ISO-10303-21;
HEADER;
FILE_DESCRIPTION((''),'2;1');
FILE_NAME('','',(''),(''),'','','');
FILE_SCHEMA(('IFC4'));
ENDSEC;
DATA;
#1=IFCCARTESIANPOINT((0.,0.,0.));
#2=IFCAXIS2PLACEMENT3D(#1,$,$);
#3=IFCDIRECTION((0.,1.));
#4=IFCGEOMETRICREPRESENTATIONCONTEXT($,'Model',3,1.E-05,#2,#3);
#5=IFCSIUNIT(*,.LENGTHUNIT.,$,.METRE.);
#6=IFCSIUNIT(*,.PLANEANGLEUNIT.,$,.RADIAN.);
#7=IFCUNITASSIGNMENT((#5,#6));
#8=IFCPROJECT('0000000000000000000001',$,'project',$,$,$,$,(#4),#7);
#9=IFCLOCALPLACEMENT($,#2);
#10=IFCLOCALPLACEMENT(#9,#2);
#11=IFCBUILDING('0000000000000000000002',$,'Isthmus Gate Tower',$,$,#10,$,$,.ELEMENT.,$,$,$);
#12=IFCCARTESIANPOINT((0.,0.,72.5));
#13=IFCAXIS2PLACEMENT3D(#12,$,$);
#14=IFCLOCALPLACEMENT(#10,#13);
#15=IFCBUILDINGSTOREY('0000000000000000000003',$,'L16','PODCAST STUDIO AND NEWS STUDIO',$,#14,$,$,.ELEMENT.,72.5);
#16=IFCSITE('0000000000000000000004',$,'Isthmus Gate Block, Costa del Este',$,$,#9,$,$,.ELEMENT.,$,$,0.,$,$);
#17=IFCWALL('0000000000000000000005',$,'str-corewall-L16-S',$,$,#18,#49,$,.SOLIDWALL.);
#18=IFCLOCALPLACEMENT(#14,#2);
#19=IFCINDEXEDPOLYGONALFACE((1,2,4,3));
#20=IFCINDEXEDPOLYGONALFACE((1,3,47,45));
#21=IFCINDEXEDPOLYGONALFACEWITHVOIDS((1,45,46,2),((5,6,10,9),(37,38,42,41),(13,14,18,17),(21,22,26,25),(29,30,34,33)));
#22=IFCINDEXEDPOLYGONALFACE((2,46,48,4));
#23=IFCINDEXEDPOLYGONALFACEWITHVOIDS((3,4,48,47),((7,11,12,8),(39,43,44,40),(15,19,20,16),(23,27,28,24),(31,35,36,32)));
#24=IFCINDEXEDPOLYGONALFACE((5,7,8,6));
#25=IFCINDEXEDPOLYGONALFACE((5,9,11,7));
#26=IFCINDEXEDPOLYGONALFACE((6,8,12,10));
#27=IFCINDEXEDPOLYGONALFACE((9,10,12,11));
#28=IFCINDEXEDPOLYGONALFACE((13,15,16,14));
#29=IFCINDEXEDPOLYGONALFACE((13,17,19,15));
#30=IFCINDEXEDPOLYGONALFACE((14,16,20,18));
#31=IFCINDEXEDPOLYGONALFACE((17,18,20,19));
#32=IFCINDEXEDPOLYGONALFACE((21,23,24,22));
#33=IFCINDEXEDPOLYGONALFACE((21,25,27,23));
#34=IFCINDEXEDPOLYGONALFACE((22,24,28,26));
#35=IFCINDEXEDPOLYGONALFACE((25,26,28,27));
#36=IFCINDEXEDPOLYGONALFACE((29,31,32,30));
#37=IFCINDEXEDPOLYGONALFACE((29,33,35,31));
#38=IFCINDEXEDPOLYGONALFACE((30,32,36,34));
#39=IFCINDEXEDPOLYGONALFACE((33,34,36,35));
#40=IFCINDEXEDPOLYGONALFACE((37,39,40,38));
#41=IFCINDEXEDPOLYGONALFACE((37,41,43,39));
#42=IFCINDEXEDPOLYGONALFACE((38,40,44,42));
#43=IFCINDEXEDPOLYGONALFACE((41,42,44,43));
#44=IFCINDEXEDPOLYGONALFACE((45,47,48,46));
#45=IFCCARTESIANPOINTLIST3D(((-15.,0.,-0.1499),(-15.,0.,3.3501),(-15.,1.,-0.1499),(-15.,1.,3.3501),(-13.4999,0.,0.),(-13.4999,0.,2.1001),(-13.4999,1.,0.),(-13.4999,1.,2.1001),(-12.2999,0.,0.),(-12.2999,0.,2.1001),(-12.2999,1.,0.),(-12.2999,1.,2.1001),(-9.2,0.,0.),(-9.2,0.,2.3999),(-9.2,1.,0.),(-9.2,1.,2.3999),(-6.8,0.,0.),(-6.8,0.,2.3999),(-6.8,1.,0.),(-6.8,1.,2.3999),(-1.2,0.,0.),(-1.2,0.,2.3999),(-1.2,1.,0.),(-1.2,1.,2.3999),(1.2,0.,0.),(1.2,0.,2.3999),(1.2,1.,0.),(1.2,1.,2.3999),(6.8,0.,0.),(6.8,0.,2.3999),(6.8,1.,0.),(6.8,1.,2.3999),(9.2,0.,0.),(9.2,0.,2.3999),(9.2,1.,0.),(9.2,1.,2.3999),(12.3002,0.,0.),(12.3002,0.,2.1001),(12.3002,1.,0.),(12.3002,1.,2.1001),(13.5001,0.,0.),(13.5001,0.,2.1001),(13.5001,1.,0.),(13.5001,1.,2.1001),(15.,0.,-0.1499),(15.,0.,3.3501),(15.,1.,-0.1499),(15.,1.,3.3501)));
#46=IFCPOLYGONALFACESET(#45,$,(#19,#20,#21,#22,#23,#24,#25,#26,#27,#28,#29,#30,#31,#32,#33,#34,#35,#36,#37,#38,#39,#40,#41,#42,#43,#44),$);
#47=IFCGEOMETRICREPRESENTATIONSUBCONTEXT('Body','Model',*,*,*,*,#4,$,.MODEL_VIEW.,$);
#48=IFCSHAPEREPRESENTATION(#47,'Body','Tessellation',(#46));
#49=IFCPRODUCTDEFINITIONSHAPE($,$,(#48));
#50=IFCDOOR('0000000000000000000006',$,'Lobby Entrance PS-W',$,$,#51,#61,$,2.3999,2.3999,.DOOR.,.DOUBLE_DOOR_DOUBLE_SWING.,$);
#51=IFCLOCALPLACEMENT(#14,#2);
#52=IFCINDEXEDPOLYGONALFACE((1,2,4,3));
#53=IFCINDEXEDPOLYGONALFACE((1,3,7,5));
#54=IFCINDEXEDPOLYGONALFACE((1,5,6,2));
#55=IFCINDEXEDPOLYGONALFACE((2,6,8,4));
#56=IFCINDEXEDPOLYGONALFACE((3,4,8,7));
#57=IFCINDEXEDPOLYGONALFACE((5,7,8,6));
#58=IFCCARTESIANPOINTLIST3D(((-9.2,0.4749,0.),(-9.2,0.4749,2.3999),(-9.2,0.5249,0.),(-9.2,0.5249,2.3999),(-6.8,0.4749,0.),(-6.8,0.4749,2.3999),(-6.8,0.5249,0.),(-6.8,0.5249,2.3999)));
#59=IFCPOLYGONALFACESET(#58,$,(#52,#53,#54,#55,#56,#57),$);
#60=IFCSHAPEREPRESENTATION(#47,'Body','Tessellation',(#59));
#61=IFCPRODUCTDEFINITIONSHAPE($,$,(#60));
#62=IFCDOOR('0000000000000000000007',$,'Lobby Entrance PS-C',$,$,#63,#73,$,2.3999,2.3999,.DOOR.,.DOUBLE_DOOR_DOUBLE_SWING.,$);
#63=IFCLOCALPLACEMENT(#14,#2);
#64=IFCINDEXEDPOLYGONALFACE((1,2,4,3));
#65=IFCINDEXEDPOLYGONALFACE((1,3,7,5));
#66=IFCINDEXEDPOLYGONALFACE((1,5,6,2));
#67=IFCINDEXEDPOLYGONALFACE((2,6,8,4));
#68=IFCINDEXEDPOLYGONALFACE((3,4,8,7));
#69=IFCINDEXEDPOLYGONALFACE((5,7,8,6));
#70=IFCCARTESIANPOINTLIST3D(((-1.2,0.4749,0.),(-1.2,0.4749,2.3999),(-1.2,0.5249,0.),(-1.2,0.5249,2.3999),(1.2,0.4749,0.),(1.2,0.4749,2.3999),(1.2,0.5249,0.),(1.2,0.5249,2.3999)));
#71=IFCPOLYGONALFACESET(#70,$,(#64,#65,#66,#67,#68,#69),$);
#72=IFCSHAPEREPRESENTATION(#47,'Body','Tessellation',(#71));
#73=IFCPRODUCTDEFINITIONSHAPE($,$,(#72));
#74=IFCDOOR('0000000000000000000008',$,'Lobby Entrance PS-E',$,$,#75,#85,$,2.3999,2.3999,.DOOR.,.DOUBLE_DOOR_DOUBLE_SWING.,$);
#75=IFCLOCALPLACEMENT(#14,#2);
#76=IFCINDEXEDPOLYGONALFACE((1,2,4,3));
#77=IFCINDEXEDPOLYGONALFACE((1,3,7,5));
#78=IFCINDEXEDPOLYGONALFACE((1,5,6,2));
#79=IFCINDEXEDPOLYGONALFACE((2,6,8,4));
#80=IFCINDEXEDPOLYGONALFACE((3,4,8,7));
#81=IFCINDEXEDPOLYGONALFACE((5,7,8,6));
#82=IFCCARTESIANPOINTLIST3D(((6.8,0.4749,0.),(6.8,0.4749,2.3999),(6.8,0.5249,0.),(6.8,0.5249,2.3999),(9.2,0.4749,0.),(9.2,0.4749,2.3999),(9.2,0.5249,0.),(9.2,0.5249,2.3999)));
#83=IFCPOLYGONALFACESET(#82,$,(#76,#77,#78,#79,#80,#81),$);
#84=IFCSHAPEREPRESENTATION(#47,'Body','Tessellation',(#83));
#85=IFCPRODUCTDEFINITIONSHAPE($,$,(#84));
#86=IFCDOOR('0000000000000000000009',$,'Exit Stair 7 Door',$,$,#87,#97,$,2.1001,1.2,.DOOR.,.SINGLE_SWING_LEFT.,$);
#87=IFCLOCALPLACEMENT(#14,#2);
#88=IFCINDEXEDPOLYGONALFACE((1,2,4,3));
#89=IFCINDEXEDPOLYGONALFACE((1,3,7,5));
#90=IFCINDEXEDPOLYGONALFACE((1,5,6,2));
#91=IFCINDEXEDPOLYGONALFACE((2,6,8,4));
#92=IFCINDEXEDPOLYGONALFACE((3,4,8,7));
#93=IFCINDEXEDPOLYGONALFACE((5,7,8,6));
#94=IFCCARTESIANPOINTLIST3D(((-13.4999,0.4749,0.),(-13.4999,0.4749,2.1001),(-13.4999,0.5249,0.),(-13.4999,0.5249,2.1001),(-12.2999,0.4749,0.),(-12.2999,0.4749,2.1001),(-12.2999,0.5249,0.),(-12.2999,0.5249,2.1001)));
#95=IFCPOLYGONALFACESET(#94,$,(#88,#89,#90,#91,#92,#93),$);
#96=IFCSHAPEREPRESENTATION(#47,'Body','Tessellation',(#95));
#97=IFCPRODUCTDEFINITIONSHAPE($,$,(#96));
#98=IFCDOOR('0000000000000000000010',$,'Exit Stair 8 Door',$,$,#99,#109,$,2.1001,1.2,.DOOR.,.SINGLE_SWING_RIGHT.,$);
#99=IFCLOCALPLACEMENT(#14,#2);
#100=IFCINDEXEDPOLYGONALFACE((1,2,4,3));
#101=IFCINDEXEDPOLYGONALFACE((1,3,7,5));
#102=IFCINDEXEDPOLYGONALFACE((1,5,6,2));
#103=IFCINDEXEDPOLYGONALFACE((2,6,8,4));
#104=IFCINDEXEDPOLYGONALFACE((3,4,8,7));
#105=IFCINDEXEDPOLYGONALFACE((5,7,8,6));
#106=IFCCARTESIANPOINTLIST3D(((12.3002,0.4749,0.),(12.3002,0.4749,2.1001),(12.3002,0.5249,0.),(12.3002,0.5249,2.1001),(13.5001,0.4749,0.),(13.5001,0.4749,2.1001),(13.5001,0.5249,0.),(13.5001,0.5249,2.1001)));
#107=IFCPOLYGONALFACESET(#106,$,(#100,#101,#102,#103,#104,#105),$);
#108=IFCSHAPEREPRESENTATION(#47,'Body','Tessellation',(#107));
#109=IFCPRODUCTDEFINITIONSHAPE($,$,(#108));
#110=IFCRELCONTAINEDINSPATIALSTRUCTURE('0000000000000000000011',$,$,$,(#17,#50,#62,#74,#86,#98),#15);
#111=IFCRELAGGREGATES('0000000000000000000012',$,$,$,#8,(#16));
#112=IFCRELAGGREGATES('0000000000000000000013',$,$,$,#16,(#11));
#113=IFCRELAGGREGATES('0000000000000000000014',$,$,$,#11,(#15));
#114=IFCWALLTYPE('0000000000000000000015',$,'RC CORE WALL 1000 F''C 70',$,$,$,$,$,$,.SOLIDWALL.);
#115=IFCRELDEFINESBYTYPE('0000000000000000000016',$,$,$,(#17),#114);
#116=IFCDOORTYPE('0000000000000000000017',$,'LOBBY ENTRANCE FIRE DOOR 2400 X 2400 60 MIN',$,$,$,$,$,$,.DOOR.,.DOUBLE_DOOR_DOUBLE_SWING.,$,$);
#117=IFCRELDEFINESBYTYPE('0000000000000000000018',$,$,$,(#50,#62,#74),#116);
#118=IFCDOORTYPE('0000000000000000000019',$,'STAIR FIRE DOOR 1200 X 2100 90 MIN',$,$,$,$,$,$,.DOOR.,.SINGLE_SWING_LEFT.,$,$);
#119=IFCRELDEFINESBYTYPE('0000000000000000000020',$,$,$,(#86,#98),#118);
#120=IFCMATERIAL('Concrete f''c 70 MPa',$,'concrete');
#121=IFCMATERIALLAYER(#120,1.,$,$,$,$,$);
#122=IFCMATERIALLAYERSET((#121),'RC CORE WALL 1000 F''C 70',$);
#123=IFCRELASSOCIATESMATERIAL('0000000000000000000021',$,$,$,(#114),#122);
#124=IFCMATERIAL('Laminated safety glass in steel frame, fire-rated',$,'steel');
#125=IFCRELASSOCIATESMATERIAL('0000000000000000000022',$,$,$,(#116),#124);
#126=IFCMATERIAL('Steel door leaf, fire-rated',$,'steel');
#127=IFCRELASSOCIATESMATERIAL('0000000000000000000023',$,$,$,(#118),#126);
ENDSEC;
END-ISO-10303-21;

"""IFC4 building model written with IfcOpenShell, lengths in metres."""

from ifc_helpers import new_model, si_unit, direction, frame, frame_2d, origin, place, context, subcontext, project, spatial, rectangle, extrude, material, layer, layer_set, type_object, element, fill, save


model = new_model("IFC4")

# Units and contexts
model_context = context("Model", 3, precision=1e-05, world=origin(), true_north=direction((0.0, 1.0)))
body_context = subcontext(model_context, "Body", "Model", "MODEL_VIEW")
ifc_project = project(units=[si_unit("LENGTHUNIT", "METRE"), si_unit("PLANEANGLEUNIT", "RADIAN")], contexts=[model_context])

# Site, building, storey
site_placement = place(None, origin())
site = spatial("IfcSite", under=ifc_project, at=site_placement, Name="Isthmus Gate Block, Costa del Este", CompositionType="ELEMENT", RefElevation=0.0)
building_placement = place(site_placement, origin())
building = spatial("IfcBuilding", under=site, at=building_placement, Name="Isthmus Gate Tower", CompositionType="ELEMENT")
storey_placement = place(building_placement, frame((0.0, 0.0, 72.5)))
storey = spatial("IfcBuildingStorey", under=building, at=storey_placement, Name="L16", Description="PODCAST STUDIO AND NEWS STUDIO", CompositionType="ELEMENT", Elevation=72.5)

# Wall, openings, doors
ifc_material_1 = material(Name="Concrete f'c 70 MPa", Category="concrete")
ifc_layer_1 = layer(ifc_material_1, 1.0)
ifc_layer_set_1 = layer_set([ifc_layer_1], Name="RC CORE WALL 1000 F'C 70")
wall_type_1 = type_object("IfcWallType", Name="RC CORE WALL 1000 F'C 70", PredefinedType="SOLIDWALL", material=ifc_layer_set_1)
wall_1_placement = place(storey_placement, frame((-15.0, 0.5, -0.1499), z_axis=(0.0, 0.0, 1.0), x_axis=(1.0, 0.0, 0.0)))
wall_1 = element("IfcWall", 1, at=wall_1_placement, inside=storey, type_object=wall_type_1, Name="str-corewall-L16-S", PredefinedType="SOLIDWALL", context=body_context, shape_type="SweptSolid", body=[
    extrude(rectangle(XDim=30.0, YDim=1.0, at=frame_2d((15.0, 0.0))), origin(), (0.0, 0.0, 1.0), 3.5),
])
opening_1_placement = place(wall_1_placement, frame((5.8, 0.0, 0.1499)))
opening_1 = element("IfcOpeningElement", 2, at=opening_1_placement, cuts=wall_1, PredefinedType="OPENING", context=body_context, shape_type="SweptSolid", body=[
    extrude(rectangle(XDim=2.3999, YDim=2.3999, at=frame_2d((1.2, 1.2))), frame((0.0, 0.51, 0.0), z_axis=(0.0, -1.0, 0.0), x_axis=(1.0, 0.0, 0.0)), (0.0, 0.0, 1.0), 1.02),
])
opening_2_placement = place(wall_1_placement, frame((13.8, 0.0, 0.1499)))
opening_2 = element("IfcOpeningElement", 3, at=opening_2_placement, cuts=wall_1, PredefinedType="OPENING", context=body_context, shape_type="SweptSolid", body=[
    extrude(rectangle(XDim=2.3999, YDim=2.3999, at=frame_2d((1.2, 1.2))), frame((0.0, 0.51, 0.0), z_axis=(0.0, -1.0, 0.0), x_axis=(1.0, 0.0, 0.0)), (0.0, 0.0, 1.0), 1.02),
])
opening_3_placement = place(wall_1_placement, frame((21.8, 0.0, 0.1499)))
opening_3 = element("IfcOpeningElement", 4, at=opening_3_placement, cuts=wall_1, PredefinedType="OPENING", context=body_context, shape_type="SweptSolid", body=[
    extrude(rectangle(XDim=2.3999, YDim=2.3999, at=frame_2d((1.2, 1.2))), frame((0.0, 0.51, 0.0), z_axis=(0.0, -1.0, 0.0), x_axis=(1.0, 0.0, 0.0)), (0.0, 0.0, 1.0), 1.02),
])
opening_4_placement = place(wall_1_placement, frame((1.5, 0.0, 0.1499)))
opening_4 = element("IfcOpeningElement", 5, at=opening_4_placement, cuts=wall_1, PredefinedType="OPENING", context=body_context, shape_type="SweptSolid", body=[
    extrude(rectangle(XDim=1.2, YDim=2.1001, at=frame_2d((0.6001, 1.05))), frame((0.0, 0.51, 0.0), z_axis=(0.0, -1.0, 0.0), x_axis=(1.0, 0.0, 0.0)), (0.0, 0.0, 1.0), 1.02),
])
opening_5_placement = place(wall_1_placement, frame((27.3, 0.0, 0.1499)))
opening_5 = element("IfcOpeningElement", 6, at=opening_5_placement, cuts=wall_1, PredefinedType="OPENING", context=body_context, shape_type="SweptSolid", body=[
    extrude(rectangle(XDim=1.2, YDim=2.1001, at=frame_2d((0.6001, 1.05))), frame((0.0, 0.51, 0.0), z_axis=(0.0, -1.0, 0.0), x_axis=(1.0, 0.0, 0.0)), (0.0, 0.0, 1.0), 1.02),
])
ifc_material_2 = material(Name="Laminated safety glass in steel frame, fire-rated", Category="steel")
door_type_1 = type_object("IfcDoorType", Name="LOBBY ENTRANCE FIRE DOOR 2400 X 2400 60 MIN", OperationType="DOUBLE_DOOR_DOUBLE_SWING", PredefinedType="DOOR", material=ifc_material_2)
door_1_placement = place(opening_1_placement, origin())
door_1 = element("IfcDoor", 7, at=door_1_placement, inside=storey, type_object=door_type_1, Name="Lobby Entrance PS-W", OperationType="DOUBLE_DOOR_DOUBLE_SWING", OverallHeight=2.3999, OverallWidth=2.3999, PredefinedType="DOOR", context=body_context, shape_type="SweptSolid", body=[
    extrude(rectangle(XDim=2.3999, YDim=2.3999, at=frame_2d((1.2, 1.2))), frame((0.0, 0.0249, 0.0), z_axis=(0.0, -1.0, 0.0), x_axis=(1.0, 0.0, 0.0)), (0.0, 0.0, 1.0), 0.05),
])
fill(opening_1, door_1)
door_2_placement = place(opening_2_placement, origin())
door_2 = element("IfcDoor", 8, at=door_2_placement, inside=storey, type_object=door_type_1, Name="Lobby Entrance PS-C", OperationType="DOUBLE_DOOR_DOUBLE_SWING", OverallHeight=2.3999, OverallWidth=2.3999, PredefinedType="DOOR", context=body_context, shape_type="SweptSolid", body=[
    extrude(rectangle(XDim=2.3999, YDim=2.3999, at=frame_2d((1.2, 1.2))), frame((0.0, 0.0249, 0.0), z_axis=(0.0, -1.0, 0.0), x_axis=(1.0, 0.0, 0.0)), (0.0, 0.0, 1.0), 0.05),
])
fill(opening_2, door_2)
door_3_placement = place(opening_3_placement, origin())
door_3 = element("IfcDoor", 9, at=door_3_placement, inside=storey, type_object=door_type_1, Name="Lobby Entrance PS-E", OperationType="DOUBLE_DOOR_DOUBLE_SWING", OverallHeight=2.3999, OverallWidth=2.3999, PredefinedType="DOOR", context=body_context, shape_type="SweptSolid", body=[
    extrude(rectangle(XDim=2.3999, YDim=2.3999, at=frame_2d((1.2, 1.2))), frame((0.0, 0.0249, 0.0), z_axis=(0.0, -1.0, 0.0), x_axis=(1.0, 0.0, 0.0)), (0.0, 0.0, 1.0), 0.05),
])
fill(opening_3, door_3)
ifc_material_3 = material(Name="Steel door leaf, fire-rated", Category="steel")
door_type_2 = type_object("IfcDoorType", Name="STAIR FIRE DOOR 1200 X 2100 90 MIN", OperationType="SINGLE_SWING_LEFT", PredefinedType="DOOR", material=ifc_material_3)
door_4_placement = place(opening_4_placement, origin())
door_4 = element("IfcDoor", 10, at=door_4_placement, inside=storey, type_object=door_type_2, Name="Exit Stair 7 Door", OperationType="SINGLE_SWING_LEFT", OverallHeight=2.1001, OverallWidth=1.2, PredefinedType="DOOR", context=body_context, shape_type="SweptSolid", body=[
    extrude(rectangle(XDim=1.2, YDim=2.1001, at=frame_2d((0.6001, 1.05))), frame((0.0, 0.0249, 0.0), z_axis=(0.0, -1.0, 0.0), x_axis=(1.0, 0.0, 0.0)), (0.0, 0.0, 1.0), 0.05),
])
fill(opening_4, door_4)
door_5_placement = place(opening_5_placement, origin())
door_5 = element("IfcDoor", 11, at=door_5_placement, inside=storey, type_object=door_type_2, Name="Exit Stair 8 Door", OperationType="SINGLE_SWING_RIGHT", OverallHeight=2.1001, OverallWidth=1.2, PredefinedType="DOOR", context=body_context, shape_type="SweptSolid", body=[
    extrude(rectangle(XDim=1.2, YDim=2.1001, at=frame_2d((0.6001, 1.05))), frame((0.0, 0.0249, 0.0), z_axis=(0.0, -1.0, 0.0), x_axis=(1.0, 0.0, 0.0)), (0.0, 0.0, 1.0), 0.05),
])
fill(opening_5, door_5)

save(model, "model.ifc")
